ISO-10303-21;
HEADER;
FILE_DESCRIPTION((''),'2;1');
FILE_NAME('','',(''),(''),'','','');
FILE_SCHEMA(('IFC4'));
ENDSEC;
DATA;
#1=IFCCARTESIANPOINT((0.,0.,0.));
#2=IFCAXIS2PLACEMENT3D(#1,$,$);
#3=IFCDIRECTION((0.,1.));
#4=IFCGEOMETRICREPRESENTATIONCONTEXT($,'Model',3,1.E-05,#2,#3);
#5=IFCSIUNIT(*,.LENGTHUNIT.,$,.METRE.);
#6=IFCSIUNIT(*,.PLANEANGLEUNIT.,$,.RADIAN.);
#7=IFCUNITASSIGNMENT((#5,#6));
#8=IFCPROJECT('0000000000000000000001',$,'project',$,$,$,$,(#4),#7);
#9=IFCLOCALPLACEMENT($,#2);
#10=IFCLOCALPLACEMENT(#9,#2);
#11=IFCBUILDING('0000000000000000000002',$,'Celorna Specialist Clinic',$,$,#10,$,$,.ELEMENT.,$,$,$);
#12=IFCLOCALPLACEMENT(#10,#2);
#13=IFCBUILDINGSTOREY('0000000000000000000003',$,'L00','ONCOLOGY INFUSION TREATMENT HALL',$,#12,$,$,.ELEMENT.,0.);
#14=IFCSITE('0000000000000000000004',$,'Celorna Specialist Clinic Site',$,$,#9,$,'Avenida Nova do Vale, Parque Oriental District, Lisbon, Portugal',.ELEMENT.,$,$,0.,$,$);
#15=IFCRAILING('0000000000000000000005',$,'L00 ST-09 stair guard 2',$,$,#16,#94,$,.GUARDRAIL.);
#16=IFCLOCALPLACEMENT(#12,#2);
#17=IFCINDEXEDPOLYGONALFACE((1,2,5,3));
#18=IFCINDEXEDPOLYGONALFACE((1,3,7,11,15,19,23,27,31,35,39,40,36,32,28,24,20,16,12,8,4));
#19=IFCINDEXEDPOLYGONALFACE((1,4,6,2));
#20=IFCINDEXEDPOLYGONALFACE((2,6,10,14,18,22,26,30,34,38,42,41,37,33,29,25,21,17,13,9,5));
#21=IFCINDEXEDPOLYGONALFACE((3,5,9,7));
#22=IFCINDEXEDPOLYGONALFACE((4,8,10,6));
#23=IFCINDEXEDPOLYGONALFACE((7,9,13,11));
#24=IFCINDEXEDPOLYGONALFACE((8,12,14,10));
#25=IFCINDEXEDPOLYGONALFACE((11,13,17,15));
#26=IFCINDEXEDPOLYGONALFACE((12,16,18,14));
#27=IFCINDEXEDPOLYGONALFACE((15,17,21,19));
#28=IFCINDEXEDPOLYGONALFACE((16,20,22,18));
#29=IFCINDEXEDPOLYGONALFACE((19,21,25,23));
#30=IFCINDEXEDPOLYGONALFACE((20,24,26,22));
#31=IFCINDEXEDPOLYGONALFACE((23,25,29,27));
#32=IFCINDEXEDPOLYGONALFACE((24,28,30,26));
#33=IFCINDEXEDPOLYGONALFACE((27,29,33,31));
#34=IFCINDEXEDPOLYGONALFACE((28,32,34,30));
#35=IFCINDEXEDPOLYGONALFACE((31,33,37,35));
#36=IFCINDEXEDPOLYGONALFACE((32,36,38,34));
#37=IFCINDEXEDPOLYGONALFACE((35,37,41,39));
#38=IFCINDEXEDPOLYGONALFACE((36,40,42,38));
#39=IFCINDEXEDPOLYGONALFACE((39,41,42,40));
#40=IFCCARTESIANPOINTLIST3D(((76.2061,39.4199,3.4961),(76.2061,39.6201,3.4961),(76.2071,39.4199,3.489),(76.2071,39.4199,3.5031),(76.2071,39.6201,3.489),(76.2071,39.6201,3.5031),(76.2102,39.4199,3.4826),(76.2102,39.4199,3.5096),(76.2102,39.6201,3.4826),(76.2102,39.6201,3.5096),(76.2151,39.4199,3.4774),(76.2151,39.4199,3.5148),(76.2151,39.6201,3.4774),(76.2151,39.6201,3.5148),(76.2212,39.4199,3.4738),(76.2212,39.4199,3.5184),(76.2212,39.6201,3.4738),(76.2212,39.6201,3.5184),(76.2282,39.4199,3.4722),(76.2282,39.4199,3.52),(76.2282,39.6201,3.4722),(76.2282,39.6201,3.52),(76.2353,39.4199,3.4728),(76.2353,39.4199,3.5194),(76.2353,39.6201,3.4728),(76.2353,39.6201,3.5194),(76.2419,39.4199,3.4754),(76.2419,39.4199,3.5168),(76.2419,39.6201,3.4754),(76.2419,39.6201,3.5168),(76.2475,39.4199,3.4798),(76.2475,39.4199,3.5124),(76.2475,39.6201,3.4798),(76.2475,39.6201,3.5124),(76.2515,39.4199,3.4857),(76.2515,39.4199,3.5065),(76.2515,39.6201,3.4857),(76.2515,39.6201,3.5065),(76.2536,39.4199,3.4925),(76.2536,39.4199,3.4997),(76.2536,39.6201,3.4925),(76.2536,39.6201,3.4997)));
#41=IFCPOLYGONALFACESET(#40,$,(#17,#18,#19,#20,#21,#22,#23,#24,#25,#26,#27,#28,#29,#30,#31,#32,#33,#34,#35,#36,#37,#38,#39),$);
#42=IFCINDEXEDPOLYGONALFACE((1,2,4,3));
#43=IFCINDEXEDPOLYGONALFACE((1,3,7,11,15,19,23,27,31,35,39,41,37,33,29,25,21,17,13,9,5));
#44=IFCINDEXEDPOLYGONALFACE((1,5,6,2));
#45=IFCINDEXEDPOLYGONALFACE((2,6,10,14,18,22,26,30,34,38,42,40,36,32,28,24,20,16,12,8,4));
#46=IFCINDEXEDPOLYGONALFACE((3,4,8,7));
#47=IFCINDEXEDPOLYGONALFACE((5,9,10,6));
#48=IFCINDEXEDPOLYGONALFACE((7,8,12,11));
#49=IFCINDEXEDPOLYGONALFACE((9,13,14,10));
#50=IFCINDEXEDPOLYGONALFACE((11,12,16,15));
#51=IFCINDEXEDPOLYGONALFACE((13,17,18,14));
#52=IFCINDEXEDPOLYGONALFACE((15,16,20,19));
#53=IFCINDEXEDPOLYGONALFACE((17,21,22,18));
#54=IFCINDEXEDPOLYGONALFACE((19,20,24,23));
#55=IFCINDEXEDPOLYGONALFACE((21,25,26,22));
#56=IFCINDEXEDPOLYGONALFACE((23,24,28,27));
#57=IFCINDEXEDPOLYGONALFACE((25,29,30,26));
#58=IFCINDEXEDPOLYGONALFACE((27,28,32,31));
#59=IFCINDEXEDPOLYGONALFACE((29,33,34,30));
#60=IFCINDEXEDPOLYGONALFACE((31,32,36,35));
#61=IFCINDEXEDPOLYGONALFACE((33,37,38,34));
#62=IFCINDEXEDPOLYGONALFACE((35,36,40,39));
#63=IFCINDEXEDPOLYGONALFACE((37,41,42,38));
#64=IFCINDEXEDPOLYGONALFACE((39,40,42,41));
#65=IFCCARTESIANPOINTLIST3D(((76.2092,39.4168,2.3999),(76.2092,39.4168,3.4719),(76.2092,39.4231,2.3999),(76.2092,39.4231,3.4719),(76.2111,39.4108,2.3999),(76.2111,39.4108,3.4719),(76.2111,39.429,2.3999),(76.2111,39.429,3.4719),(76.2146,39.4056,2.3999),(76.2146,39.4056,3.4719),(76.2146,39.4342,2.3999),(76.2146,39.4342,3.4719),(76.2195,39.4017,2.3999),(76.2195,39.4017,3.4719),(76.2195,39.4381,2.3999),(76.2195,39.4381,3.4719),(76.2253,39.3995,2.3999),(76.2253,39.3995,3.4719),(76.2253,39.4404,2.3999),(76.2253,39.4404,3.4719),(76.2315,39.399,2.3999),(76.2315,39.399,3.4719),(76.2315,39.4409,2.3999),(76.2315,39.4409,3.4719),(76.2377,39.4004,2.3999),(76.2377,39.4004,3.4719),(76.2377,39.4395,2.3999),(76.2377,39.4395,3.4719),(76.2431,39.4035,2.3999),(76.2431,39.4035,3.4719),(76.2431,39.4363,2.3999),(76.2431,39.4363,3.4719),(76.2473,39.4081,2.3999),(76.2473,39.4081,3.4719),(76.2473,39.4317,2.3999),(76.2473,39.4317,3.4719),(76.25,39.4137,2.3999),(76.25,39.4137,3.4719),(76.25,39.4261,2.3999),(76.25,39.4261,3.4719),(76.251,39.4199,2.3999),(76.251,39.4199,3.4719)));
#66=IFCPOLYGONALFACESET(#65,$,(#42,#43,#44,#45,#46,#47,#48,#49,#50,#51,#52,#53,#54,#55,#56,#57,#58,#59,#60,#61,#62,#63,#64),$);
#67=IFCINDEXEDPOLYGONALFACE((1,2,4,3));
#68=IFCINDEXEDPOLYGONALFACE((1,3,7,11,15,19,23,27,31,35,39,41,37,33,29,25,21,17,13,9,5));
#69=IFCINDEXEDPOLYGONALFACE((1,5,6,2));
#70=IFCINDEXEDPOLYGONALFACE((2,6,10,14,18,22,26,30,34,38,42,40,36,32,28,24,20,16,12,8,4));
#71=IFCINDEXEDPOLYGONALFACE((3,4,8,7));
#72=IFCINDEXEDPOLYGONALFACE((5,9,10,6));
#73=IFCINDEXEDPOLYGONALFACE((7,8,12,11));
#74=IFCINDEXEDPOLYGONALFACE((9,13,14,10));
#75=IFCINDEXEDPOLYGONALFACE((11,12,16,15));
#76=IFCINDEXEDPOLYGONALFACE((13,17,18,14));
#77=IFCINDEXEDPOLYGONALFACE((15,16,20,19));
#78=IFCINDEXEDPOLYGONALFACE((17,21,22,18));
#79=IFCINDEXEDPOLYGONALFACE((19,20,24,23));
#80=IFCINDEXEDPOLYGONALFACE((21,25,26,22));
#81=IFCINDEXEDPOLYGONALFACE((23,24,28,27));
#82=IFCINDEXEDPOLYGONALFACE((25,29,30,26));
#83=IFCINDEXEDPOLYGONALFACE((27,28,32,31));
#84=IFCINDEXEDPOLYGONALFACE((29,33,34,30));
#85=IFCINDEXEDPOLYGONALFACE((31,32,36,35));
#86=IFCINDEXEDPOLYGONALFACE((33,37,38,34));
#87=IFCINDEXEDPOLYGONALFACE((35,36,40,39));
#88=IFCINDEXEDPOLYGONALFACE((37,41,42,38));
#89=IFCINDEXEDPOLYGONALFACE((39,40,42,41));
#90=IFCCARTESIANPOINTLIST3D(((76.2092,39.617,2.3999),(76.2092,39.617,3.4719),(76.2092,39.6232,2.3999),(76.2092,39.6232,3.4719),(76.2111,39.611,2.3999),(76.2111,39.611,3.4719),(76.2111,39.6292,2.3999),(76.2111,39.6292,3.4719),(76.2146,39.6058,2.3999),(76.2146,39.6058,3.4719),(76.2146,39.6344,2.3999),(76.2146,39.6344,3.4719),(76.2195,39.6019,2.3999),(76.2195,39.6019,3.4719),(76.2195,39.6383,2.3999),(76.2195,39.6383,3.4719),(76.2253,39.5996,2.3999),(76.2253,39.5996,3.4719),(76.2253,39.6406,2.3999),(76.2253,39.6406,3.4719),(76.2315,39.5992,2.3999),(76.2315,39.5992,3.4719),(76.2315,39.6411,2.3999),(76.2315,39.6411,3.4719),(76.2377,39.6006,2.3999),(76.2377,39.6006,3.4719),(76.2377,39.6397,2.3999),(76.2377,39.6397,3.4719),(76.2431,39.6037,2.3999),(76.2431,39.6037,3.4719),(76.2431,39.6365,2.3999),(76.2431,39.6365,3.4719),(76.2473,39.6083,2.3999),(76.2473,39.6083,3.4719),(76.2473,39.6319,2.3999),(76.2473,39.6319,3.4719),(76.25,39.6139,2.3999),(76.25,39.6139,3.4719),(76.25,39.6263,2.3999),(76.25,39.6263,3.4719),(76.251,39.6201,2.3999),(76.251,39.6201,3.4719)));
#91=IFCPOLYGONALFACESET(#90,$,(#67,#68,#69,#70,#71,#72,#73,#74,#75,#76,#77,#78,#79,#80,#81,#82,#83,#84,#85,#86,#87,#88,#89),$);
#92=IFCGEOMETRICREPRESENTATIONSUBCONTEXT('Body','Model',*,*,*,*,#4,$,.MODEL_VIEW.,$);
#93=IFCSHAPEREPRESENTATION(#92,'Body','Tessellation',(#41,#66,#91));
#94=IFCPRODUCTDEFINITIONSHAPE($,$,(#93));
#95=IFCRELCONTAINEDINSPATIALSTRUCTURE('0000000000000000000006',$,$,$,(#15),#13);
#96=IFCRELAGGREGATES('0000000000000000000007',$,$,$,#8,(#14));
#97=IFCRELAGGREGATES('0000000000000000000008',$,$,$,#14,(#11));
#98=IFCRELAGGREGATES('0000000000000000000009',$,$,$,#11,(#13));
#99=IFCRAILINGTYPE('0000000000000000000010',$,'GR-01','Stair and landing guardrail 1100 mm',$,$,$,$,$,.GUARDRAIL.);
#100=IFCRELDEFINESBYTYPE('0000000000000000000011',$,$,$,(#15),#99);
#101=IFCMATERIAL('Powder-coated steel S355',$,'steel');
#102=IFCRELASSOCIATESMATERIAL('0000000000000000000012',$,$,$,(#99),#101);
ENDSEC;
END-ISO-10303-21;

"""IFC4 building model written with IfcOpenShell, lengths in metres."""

from ifc_helpers import new_model, si_unit, direction, frame, origin, origin_2d, place, context, subcontext, project, spatial, circle, extrude, material, type_object, element, save


model = new_model("IFC4")

# Units and contexts
model_context = context("Model", 3, precision=1e-05, world=origin(), true_north=direction((0.0, 1.0)))
body_context = subcontext(model_context, "Body", "Model", "MODEL_VIEW")
ifc_project = project(units=[si_unit("LENGTHUNIT", "METRE"), si_unit("PLANEANGLEUNIT", "RADIAN")], contexts=[model_context])

# Site, building, storey
site_placement = place(None, origin())
site = spatial("IfcSite", under=ifc_project, at=site_placement, Name="Celorna Specialist Clinic Site", LongName="Avenida Nova do Vale, Parque Oriental District, Lisbon, Portugal", CompositionType="ELEMENT", RefElevation=0.0)
building_placement = place(site_placement, origin())
building = spatial("IfcBuilding", under=site, at=building_placement, Name="Celorna Specialist Clinic", CompositionType="ELEMENT")
storey_placement = place(building_placement, origin())
storey = spatial("IfcBuildingStorey", under=building, at=storey_placement, Name="L00", Description="ONCOLOGY INFUSION TREATMENT HALL", CompositionType="ELEMENT", Elevation=0.0)

# Railing
ifc_material_1 = material(Name="Powder-coated steel S355", Category="steel")
railing_type_1 = type_object("IfcRailingType", Name="GR-01", Description="Stair and landing guardrail 1100 mm", PredefinedType="GUARDRAIL", material=ifc_material_1)
railing_1_placement = place(storey_placement, frame((76.23, 39.4199, 2.3999)))
element("IfcRailing", 1, at=railing_1_placement, inside=storey, type_object=railing_type_1, Name="L00 ST-09 stair guard 2", PredefinedType="GUARDRAIL", context=body_context, shape_type="SweptSolid", body=[
    extrude(circle(Radius=0.0239, at=origin_2d()), frame((0.0, 0.0, 1.0962), z_axis=(0.0, 1.0, 0.0), x_axis=(-1.0, 0.0, 0.0)), (0.0, 0.0, 1.0), 0.2002),
    extrude(circle(Radius=0.021, at=origin_2d()), origin(), (0.0, 0.0, 1.0), 1.072),
    extrude(circle(Radius=0.021, at=origin_2d()), frame((0.0, 0.2002, 0.0)), (0.0, 0.0, 1.0), 1.072),
])

save(model, "model.ifc")
